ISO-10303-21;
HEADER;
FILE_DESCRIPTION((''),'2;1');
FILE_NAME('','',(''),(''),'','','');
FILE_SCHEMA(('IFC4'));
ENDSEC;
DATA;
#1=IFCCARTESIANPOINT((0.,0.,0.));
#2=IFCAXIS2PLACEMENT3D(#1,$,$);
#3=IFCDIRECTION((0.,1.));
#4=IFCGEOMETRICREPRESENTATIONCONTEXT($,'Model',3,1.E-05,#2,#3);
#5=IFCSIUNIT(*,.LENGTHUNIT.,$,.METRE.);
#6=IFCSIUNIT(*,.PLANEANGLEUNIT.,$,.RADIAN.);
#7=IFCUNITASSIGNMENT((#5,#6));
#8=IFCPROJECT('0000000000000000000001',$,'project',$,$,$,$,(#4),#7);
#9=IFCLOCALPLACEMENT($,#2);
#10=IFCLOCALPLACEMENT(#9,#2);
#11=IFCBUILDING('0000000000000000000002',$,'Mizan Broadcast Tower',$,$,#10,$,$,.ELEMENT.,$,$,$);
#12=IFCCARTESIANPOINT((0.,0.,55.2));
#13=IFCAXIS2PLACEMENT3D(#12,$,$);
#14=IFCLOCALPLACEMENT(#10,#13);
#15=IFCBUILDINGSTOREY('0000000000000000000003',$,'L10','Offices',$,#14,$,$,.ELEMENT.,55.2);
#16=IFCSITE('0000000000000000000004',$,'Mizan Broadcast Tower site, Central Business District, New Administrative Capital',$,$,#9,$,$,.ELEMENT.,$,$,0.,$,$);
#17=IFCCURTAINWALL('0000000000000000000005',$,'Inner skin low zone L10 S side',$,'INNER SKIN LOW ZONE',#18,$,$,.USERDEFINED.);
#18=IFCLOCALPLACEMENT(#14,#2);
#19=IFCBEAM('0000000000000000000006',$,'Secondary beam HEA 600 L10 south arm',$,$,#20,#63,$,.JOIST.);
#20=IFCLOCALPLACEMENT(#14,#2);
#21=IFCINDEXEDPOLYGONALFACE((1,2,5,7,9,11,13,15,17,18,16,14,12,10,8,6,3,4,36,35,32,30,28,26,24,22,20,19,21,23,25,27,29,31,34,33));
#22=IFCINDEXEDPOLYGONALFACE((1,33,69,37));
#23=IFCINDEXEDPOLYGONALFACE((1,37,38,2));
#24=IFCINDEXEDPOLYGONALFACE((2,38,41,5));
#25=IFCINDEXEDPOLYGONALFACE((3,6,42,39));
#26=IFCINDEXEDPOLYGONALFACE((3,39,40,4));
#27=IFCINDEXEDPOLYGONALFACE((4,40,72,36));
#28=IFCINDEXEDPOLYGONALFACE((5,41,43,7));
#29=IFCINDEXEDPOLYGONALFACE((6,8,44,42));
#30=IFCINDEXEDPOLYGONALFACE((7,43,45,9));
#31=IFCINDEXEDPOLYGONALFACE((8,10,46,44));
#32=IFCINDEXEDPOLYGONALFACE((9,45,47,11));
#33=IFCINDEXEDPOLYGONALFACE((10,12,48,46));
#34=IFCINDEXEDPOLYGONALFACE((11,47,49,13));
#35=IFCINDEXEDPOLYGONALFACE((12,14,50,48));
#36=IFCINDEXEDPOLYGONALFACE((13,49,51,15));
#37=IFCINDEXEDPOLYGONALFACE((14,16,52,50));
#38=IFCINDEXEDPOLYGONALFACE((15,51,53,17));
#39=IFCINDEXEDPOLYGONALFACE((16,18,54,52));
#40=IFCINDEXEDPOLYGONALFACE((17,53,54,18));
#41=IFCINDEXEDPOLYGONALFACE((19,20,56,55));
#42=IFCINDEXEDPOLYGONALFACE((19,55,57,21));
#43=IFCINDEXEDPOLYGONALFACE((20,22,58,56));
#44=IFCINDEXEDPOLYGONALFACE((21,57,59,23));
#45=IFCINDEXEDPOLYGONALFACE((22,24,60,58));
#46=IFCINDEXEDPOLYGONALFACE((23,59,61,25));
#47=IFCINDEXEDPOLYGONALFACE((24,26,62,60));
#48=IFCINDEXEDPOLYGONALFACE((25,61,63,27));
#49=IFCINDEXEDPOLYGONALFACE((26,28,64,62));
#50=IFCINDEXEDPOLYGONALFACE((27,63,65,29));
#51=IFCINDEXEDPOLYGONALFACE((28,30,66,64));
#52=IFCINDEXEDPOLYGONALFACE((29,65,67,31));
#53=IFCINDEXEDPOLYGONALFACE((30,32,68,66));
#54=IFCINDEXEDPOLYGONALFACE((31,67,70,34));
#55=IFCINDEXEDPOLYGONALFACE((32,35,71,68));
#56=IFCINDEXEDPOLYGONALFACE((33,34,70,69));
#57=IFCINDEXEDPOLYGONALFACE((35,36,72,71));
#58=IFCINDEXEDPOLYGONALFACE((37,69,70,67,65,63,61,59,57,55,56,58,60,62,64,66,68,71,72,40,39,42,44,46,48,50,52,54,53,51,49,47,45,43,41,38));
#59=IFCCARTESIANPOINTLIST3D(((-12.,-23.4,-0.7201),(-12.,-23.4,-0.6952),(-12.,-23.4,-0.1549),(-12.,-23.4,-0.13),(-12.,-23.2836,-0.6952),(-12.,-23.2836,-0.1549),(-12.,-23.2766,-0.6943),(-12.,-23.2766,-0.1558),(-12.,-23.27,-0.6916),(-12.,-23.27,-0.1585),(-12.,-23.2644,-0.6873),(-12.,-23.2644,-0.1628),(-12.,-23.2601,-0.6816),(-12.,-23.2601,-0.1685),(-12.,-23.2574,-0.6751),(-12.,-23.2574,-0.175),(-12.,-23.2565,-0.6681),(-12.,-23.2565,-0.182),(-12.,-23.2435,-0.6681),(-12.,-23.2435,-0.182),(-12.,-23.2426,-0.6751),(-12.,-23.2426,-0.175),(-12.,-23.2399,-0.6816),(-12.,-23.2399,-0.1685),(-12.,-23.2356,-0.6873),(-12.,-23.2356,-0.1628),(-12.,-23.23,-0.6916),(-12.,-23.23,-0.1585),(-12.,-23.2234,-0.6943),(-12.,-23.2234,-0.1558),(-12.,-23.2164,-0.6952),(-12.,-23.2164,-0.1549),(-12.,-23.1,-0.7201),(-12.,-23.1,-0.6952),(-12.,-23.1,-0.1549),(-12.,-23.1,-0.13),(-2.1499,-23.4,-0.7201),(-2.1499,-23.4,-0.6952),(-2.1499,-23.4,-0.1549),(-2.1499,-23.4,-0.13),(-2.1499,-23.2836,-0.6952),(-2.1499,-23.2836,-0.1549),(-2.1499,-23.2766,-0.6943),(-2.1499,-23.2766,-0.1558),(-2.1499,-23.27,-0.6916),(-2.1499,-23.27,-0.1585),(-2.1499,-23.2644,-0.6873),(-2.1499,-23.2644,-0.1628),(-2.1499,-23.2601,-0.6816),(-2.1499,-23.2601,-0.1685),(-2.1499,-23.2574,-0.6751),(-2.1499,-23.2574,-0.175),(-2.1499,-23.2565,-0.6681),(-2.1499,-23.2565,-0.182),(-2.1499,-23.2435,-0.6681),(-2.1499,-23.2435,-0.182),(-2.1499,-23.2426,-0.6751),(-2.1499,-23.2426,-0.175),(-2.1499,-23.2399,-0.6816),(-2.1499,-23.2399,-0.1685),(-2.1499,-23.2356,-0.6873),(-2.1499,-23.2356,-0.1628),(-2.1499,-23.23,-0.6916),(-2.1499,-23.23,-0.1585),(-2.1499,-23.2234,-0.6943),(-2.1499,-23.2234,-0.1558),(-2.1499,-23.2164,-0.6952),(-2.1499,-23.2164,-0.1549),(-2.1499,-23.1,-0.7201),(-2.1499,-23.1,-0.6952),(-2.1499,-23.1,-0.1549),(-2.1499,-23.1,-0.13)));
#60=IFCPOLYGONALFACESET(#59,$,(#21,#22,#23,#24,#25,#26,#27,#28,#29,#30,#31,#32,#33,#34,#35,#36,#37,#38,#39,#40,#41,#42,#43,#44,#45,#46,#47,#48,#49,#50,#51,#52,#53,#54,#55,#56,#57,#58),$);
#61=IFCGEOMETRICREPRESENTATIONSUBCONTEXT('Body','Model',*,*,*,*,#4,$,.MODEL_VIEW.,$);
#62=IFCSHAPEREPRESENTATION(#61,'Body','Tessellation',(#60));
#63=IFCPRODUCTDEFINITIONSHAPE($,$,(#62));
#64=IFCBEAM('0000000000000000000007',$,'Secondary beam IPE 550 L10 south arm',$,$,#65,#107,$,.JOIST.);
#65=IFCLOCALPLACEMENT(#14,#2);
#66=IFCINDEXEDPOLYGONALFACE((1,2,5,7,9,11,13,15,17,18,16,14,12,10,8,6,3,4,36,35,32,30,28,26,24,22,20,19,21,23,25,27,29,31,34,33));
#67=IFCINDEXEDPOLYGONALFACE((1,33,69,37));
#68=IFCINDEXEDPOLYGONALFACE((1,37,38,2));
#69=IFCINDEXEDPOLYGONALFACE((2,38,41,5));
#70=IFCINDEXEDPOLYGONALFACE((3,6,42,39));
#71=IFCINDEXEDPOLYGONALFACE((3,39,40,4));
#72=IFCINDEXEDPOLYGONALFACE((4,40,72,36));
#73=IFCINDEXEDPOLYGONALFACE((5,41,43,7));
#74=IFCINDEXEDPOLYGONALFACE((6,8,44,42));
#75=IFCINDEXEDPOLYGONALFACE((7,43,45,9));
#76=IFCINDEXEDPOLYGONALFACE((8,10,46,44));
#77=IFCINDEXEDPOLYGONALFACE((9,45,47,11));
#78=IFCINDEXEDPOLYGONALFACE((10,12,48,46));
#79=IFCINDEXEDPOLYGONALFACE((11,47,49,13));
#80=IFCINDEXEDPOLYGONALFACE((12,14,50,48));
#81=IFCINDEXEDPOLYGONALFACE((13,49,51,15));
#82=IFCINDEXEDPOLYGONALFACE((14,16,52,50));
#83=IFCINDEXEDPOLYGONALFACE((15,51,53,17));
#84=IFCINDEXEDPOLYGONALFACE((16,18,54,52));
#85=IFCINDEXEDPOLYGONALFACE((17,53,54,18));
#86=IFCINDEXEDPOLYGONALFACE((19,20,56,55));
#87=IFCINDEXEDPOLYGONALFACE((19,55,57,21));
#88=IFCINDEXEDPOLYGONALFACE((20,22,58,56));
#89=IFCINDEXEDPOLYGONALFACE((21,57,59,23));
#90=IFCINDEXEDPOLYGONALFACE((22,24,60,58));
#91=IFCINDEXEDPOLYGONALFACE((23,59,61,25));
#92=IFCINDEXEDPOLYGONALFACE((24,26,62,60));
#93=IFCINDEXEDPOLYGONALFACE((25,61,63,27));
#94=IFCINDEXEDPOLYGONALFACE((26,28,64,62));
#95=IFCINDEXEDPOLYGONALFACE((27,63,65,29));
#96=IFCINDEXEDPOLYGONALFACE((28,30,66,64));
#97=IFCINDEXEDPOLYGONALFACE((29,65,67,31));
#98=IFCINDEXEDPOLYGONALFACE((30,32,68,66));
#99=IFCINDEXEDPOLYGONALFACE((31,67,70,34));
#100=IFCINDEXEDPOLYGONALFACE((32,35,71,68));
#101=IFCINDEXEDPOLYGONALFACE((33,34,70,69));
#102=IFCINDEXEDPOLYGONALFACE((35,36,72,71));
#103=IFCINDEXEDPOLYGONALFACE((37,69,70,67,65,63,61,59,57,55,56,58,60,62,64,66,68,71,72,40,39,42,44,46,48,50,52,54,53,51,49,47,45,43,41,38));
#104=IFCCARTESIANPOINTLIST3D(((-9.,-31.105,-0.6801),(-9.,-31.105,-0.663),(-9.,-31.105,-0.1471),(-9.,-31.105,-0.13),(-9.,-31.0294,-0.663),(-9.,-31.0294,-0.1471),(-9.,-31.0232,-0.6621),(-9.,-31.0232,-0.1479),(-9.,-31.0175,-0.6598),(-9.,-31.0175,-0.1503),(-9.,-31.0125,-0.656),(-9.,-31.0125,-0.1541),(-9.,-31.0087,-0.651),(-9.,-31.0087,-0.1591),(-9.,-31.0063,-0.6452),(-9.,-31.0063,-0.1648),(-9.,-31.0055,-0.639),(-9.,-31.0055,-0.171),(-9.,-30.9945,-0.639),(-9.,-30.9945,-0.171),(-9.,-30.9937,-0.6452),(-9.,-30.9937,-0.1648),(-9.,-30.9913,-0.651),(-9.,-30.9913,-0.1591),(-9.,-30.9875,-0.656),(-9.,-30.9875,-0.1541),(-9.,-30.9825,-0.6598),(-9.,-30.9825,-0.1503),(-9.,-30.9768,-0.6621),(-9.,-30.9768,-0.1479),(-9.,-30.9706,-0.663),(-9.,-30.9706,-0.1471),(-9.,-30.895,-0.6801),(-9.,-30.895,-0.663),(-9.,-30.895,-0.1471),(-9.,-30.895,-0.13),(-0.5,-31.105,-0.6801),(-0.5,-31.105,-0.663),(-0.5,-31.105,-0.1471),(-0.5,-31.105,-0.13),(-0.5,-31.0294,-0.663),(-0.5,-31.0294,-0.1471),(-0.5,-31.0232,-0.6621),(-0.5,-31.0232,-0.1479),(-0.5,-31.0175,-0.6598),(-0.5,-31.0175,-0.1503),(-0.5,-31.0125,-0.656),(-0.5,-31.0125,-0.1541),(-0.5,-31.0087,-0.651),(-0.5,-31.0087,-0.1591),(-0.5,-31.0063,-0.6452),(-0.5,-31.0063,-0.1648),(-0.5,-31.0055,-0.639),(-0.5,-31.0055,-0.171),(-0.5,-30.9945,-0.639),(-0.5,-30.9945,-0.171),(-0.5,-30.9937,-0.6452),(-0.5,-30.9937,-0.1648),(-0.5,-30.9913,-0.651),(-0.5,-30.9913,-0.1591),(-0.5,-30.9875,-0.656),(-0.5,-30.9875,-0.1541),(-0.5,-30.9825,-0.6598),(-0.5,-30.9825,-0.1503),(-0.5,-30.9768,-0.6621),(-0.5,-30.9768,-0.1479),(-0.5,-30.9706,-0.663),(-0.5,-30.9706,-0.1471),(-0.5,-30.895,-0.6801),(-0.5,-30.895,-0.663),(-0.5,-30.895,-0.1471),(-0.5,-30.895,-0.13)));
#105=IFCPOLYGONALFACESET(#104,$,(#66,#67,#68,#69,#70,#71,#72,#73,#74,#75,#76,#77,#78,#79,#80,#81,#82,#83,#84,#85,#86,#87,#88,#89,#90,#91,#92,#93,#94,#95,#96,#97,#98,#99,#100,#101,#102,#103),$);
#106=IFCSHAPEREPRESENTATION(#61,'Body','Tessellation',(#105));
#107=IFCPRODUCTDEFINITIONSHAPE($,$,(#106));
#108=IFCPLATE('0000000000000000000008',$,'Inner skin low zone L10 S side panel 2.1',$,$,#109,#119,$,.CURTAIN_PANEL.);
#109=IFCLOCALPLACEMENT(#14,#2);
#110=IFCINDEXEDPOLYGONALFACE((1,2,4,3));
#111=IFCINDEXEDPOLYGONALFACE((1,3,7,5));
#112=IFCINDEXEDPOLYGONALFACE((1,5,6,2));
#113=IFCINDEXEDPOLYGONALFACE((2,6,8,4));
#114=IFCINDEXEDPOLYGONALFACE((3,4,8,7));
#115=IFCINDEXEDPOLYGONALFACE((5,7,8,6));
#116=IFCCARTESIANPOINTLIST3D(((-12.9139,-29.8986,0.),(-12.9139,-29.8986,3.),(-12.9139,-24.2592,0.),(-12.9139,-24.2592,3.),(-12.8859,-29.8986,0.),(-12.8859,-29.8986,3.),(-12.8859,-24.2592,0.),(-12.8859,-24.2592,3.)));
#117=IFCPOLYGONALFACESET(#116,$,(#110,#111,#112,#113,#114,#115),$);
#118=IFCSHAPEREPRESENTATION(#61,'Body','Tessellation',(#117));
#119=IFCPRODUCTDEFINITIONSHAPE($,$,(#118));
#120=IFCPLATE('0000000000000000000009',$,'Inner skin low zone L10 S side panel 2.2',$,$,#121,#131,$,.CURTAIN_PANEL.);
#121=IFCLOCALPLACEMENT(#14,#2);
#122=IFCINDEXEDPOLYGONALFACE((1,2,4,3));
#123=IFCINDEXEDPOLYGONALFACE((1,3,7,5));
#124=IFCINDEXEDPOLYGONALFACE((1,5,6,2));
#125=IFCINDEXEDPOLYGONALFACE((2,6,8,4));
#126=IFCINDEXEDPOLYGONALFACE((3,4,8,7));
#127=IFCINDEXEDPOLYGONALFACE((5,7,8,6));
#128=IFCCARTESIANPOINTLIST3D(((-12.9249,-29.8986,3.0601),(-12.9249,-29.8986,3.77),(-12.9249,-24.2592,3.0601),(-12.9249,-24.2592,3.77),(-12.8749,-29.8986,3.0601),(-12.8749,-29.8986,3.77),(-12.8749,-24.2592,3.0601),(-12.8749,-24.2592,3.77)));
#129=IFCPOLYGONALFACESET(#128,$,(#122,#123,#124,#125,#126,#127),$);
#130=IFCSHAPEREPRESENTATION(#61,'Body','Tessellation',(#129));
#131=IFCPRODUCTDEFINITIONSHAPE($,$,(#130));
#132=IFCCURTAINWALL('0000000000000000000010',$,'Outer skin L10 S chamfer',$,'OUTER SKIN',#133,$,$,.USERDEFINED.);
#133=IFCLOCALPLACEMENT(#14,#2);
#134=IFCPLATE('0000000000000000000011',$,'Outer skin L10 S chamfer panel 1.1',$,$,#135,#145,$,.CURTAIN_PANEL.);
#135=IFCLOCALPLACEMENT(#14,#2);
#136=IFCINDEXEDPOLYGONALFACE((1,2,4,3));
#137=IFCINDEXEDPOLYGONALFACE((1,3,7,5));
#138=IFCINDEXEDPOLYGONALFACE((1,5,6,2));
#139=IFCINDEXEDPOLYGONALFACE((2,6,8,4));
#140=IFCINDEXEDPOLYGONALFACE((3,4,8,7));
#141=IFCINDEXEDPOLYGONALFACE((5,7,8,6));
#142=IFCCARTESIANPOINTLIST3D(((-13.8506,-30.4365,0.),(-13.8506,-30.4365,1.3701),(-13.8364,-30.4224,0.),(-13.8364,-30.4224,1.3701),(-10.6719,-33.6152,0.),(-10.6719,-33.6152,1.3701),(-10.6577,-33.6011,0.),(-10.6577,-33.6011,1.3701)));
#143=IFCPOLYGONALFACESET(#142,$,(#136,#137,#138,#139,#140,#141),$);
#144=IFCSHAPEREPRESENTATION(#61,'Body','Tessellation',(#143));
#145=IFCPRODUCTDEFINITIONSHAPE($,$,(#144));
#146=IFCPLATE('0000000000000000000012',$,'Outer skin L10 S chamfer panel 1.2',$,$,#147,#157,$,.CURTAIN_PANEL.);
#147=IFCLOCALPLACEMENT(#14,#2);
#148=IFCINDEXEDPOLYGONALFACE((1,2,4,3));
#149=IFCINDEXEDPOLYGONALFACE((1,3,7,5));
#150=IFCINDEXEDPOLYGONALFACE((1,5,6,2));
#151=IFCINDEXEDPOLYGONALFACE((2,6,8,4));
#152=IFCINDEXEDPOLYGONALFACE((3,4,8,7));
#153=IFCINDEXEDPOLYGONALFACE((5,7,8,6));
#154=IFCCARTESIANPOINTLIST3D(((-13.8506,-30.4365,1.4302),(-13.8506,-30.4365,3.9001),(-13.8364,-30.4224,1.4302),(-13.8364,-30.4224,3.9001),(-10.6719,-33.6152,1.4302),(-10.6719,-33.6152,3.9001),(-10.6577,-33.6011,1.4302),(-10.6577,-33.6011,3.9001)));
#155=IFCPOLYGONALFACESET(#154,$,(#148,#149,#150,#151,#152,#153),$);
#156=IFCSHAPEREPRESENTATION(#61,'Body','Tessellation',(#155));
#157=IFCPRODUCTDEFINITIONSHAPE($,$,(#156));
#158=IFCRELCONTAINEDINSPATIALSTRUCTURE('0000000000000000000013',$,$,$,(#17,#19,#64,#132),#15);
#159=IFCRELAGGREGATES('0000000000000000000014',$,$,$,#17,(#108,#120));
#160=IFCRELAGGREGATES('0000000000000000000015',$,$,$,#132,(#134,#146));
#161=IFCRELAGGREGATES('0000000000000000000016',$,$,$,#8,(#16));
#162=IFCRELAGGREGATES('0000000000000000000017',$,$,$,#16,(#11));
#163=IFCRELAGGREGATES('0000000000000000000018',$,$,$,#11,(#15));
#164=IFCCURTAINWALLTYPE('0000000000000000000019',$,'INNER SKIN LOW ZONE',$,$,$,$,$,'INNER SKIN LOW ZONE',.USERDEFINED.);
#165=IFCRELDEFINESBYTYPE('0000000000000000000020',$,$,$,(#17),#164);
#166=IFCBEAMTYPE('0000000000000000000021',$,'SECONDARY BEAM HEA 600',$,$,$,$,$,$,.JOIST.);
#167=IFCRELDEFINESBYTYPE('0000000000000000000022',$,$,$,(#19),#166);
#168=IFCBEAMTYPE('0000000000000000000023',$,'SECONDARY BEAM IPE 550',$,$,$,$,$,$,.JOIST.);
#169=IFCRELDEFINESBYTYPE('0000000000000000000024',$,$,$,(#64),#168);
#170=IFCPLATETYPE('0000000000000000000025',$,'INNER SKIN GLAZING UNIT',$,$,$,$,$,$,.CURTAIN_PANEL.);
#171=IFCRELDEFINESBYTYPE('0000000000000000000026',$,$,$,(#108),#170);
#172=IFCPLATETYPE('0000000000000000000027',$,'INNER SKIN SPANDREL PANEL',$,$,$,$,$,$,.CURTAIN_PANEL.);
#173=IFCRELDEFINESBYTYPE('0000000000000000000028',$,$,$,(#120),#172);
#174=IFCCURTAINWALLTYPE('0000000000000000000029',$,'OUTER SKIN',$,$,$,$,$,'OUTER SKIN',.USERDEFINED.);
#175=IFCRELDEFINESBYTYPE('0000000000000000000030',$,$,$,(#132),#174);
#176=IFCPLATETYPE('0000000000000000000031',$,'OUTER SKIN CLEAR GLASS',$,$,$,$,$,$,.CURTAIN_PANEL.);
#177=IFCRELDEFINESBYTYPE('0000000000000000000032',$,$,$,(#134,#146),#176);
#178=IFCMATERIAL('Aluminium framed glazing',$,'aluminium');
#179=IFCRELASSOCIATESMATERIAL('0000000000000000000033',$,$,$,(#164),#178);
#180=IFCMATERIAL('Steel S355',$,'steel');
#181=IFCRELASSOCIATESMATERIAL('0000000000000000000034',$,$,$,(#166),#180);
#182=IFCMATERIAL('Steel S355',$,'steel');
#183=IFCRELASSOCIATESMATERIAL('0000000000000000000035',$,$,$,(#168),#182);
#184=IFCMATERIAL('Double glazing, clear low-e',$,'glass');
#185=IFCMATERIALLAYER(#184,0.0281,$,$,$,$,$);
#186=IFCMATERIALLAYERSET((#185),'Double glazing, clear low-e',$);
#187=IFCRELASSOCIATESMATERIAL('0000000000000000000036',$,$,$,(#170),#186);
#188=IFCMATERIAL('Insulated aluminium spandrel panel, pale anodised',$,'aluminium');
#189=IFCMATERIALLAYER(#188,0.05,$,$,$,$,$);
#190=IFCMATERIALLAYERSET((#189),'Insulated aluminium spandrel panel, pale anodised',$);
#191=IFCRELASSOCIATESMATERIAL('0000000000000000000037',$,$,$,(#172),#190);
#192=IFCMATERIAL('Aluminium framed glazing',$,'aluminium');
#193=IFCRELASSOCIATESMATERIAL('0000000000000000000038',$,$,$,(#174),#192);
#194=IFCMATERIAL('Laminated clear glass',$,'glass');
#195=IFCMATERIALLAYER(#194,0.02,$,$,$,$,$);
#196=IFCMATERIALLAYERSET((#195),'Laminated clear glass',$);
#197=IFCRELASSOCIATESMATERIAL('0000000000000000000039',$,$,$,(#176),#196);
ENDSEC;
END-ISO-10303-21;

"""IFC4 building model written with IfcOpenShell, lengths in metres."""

from ifc_helpers import new_model, si_unit, direction, frame, origin, origin_2d, place, context, subcontext, project, spatial, rectangle, i_section, extrude, material, layer, layer_set, material_profile, profile_set, type_object, element, aggregate, save


model = new_model("IFC4")

# Units and contexts
model_context = context("Model", 3, precision=1e-05, world=origin(), true_north=direction((0.0, 1.0)))
body_context = subcontext(model_context, "Body", "Model", "MODEL_VIEW")
ifc_project = project(units=[si_unit("LENGTHUNIT", "METRE"), si_unit("PLANEANGLEUNIT", "RADIAN")], contexts=[model_context])

# Site, building, storey
site_placement = place(None, origin())
site = spatial("IfcSite", under=ifc_project, at=site_placement, Name="Mizan Broadcast Tower site, Central Business District, New Administrative Capital", CompositionType="ELEMENT", RefElevation=0.0)
building_placement = place(site_placement, origin())
building = spatial("IfcBuilding", under=site, at=building_placement, Name="Mizan Broadcast Tower", CompositionType="ELEMENT")
storey_placement = place(building_placement, frame((0.0, 0.0, 55.2)))
storey = spatial("IfcBuildingStorey", under=building, at=storey_placement, Name="L10", Description="Offices", CompositionType="ELEMENT", Elevation=55.2)

# Curtain wall
ifc_material_1 = material(Name="Aluminium framed glazing", Category="aluminium")
curtain_wall_type_1 = type_object("IfcCurtainWallType", Name="INNER SKIN LOW ZONE", ElementType="INNER SKIN LOW ZONE", PredefinedType="USERDEFINED", material=ifc_material_1)
curtain_wall_1_placement = place(storey_placement, origin())
curtain_wall_1 = element("IfcCurtainWall", 1, at=curtain_wall_1_placement, inside=storey, type_object=curtain_wall_type_1, Name="Inner skin low zone L10 S side", ObjectType="INNER SKIN LOW ZONE", PredefinedType="USERDEFINED")

# Beams
ifc_material_2 = material(Name="Steel S355", Category="steel")
ifc_material_profile_1 = material_profile(ifc_material_2, i_section(OverallWidth=0.3, OverallDepth=0.5901, WebThickness=0.0129, FlangeThickness=0.0249, FilletRadius=0.0271, at=origin_2d()), Name="HEA 600")
ifc_profile_set_1 = profile_set([ifc_material_profile_1], Name="Steel S355")
beam_type_1 = type_object("IfcBeamType", Name="SECONDARY BEAM HEA 600", PredefinedType="JOIST", material=ifc_profile_set_1)
beam_1_placement = place(storey_placement, frame((-12.0, -23.25, -0.425), z_axis=(1.0, 0.0, 0.0), x_axis=(0.0, 1.0, 0.0)))
element("IfcBeam", 2, at=beam_1_placement, inside=storey, type_object=beam_type_1, Name="Secondary beam HEA 600 L10 south arm", PredefinedType="JOIST", context=body_context, shape_type="SweptSolid", body=[
    extrude(i_section(OverallWidth=0.3, OverallDepth=0.5901, WebThickness=0.0129, FlangeThickness=0.0249, FilletRadius=0.0271, at=origin_2d()), origin(), (0.0, 0.0, 1.0), 9.8501),
])
ifc_material_3 = material(Name="Steel S355", Category="steel")
ifc_material_profile_2 = material_profile(ifc_material_3, i_section(OverallWidth=0.21, OverallDepth=0.55, WebThickness=0.011, FlangeThickness=0.0171, FilletRadius=0.0239, at=origin_2d()), Name="IPE 550")
ifc_profile_set_2 = profile_set([ifc_material_profile_2], Name="Steel S355")
beam_type_2 = type_object("IfcBeamType", Name="SECONDARY BEAM IPE 550", PredefinedType="JOIST", material=ifc_profile_set_2)
beam_2_placement = place(storey_placement, frame((-9.0, -31.0, -0.405), z_axis=(1.0, 0.0, 0.0), x_axis=(0.0, 1.0, 0.0)))
element("IfcBeam", 3, at=beam_2_placement, inside=storey, type_object=beam_type_2, Name="Secondary beam IPE 550 L10 south arm", PredefinedType="JOIST", context=body_context, shape_type="SweptSolid", body=[
    extrude(i_section(OverallWidth=0.21, OverallDepth=0.55, WebThickness=0.011, FlangeThickness=0.0171, FilletRadius=0.0239, at=origin_2d()), origin(), (0.0, 0.0, 1.0), 8.5),
])

# Plates
ifc_material_4 = material(Name="Double glazing, clear low-e", Category="glass")
ifc_layer_1 = layer(ifc_material_4, 0.0281)
ifc_layer_set_1 = layer_set([ifc_layer_1], Name="Double glazing, clear low-e")
plate_type_1 = type_object("IfcPlateType", Name="INNER SKIN GLAZING UNIT", PredefinedType="CURTAIN_PANEL", material=ifc_layer_set_1)
plate_1_placement = place(storey_placement, frame((-12.8999, -27.0789, 0.0), z_axis=(0.0, 0.0, 1.0), x_axis=(0.0, -1.0, 0.0)))
plate_1 = element("IfcPlate", 4, at=plate_1_placement, type_object=plate_type_1, Name="Inner skin low zone L10 S side panel 2.1", PredefinedType="CURTAIN_PANEL", context=body_context, shape_type="SweptSolid", body=[
    extrude(rectangle(XDim=5.6394, YDim=0.0281, at=origin_2d()), origin(), (0.0, 0.0, 1.0), 3.0),
])
ifc_material_5 = material(Name="Insulated aluminium spandrel panel, pale anodised", Category="aluminium")
ifc_layer_2 = layer(ifc_material_5, 0.05)
ifc_layer_set_2 = layer_set([ifc_layer_2], Name="Insulated aluminium spandrel panel, pale anodised")
plate_type_2 = type_object("IfcPlateType", Name="INNER SKIN SPANDREL PANEL", PredefinedType="CURTAIN_PANEL", material=ifc_layer_set_2)
plate_2_placement = place(storey_placement, frame((-12.8999, -27.0789, 3.0601), z_axis=(0.0, 0.0, 1.0), x_axis=(0.0, -1.0, 0.0)))
plate_2 = element("IfcPlate", 5, at=plate_2_placement, type_object=plate_type_2, Name="Inner skin low zone L10 S side panel 2.2", PredefinedType="CURTAIN_PANEL", context=body_context, shape_type="SweptSolid", body=[
    extrude(rectangle(XDim=5.6394, YDim=0.05, at=origin_2d()), origin(), (0.0, 0.0, 1.0), 0.71),
])
aggregate(curtain_wall_1, [plate_1, plate_2])

# Curtain wall, plates
ifc_material_6 = material(Name="Aluminium framed glazing", Category="aluminium")
curtain_wall_type_2 = type_object("IfcCurtainWallType", Name="OUTER SKIN", ElementType="OUTER SKIN", PredefinedType="USERDEFINED", material=ifc_material_6)
curtain_wall_2_placement = place(storey_placement, origin())
curtain_wall_2 = element("IfcCurtainWall", 6, at=curtain_wall_2_placement, inside=storey, type_object=curtain_wall_type_2, Name="Outer skin L10 S chamfer", ObjectType="OUTER SKIN", PredefinedType="USERDEFINED")
ifc_material_7 = material(Name="Laminated clear glass", Category="glass")
ifc_layer_3 = layer(ifc_material_7, 0.02)
ifc_layer_set_3 = layer_set([ifc_layer_3], Name="Laminated clear glass")
plate_type_3 = type_object("IfcPlateType", Name="OUTER SKIN CLEAR GLASS", PredefinedType="CURTAIN_PANEL", material=ifc_layer_set_3)
plate_3_placement = place(storey_placement, frame((-12.2542, -32.0188, 0.0), z_axis=(0.0, 0.0, 1.0), x_axis=(0.707107, -0.707107, 0.0)))
plate_3 = element("IfcPlate", 7, at=plate_3_placement, type_object=plate_type_3, Name="Outer skin L10 S chamfer panel 1.1", PredefinedType="CURTAIN_PANEL", context=body_context, shape_type="SweptSolid", body=[
    extrude(rectangle(XDim=4.4954, YDim=0.02, at=origin_2d()), origin(), (0.0, 0.0, 1.0), 1.3701),
])
plate_4_placement = place(storey_placement, frame((-12.2542, -32.0188, 1.4302), z_axis=(0.0, 0.0, 1.0), x_axis=(0.707107, -0.707107, 0.0)))
plate_4 = element("IfcPlate", 8, at=plate_4_placement, type_object=plate_type_3, Name="Outer skin L10 S chamfer panel 1.2", PredefinedType="CURTAIN_PANEL", context=body_context, shape_type="SweptSolid", body=[
    extrude(rectangle(XDim=4.4954, YDim=0.02, at=origin_2d()), origin(), (0.0, 0.0, 1.0), 2.47),
])
aggregate(curtain_wall_2, [plate_3, plate_4])

save(model, "model.ifc")
